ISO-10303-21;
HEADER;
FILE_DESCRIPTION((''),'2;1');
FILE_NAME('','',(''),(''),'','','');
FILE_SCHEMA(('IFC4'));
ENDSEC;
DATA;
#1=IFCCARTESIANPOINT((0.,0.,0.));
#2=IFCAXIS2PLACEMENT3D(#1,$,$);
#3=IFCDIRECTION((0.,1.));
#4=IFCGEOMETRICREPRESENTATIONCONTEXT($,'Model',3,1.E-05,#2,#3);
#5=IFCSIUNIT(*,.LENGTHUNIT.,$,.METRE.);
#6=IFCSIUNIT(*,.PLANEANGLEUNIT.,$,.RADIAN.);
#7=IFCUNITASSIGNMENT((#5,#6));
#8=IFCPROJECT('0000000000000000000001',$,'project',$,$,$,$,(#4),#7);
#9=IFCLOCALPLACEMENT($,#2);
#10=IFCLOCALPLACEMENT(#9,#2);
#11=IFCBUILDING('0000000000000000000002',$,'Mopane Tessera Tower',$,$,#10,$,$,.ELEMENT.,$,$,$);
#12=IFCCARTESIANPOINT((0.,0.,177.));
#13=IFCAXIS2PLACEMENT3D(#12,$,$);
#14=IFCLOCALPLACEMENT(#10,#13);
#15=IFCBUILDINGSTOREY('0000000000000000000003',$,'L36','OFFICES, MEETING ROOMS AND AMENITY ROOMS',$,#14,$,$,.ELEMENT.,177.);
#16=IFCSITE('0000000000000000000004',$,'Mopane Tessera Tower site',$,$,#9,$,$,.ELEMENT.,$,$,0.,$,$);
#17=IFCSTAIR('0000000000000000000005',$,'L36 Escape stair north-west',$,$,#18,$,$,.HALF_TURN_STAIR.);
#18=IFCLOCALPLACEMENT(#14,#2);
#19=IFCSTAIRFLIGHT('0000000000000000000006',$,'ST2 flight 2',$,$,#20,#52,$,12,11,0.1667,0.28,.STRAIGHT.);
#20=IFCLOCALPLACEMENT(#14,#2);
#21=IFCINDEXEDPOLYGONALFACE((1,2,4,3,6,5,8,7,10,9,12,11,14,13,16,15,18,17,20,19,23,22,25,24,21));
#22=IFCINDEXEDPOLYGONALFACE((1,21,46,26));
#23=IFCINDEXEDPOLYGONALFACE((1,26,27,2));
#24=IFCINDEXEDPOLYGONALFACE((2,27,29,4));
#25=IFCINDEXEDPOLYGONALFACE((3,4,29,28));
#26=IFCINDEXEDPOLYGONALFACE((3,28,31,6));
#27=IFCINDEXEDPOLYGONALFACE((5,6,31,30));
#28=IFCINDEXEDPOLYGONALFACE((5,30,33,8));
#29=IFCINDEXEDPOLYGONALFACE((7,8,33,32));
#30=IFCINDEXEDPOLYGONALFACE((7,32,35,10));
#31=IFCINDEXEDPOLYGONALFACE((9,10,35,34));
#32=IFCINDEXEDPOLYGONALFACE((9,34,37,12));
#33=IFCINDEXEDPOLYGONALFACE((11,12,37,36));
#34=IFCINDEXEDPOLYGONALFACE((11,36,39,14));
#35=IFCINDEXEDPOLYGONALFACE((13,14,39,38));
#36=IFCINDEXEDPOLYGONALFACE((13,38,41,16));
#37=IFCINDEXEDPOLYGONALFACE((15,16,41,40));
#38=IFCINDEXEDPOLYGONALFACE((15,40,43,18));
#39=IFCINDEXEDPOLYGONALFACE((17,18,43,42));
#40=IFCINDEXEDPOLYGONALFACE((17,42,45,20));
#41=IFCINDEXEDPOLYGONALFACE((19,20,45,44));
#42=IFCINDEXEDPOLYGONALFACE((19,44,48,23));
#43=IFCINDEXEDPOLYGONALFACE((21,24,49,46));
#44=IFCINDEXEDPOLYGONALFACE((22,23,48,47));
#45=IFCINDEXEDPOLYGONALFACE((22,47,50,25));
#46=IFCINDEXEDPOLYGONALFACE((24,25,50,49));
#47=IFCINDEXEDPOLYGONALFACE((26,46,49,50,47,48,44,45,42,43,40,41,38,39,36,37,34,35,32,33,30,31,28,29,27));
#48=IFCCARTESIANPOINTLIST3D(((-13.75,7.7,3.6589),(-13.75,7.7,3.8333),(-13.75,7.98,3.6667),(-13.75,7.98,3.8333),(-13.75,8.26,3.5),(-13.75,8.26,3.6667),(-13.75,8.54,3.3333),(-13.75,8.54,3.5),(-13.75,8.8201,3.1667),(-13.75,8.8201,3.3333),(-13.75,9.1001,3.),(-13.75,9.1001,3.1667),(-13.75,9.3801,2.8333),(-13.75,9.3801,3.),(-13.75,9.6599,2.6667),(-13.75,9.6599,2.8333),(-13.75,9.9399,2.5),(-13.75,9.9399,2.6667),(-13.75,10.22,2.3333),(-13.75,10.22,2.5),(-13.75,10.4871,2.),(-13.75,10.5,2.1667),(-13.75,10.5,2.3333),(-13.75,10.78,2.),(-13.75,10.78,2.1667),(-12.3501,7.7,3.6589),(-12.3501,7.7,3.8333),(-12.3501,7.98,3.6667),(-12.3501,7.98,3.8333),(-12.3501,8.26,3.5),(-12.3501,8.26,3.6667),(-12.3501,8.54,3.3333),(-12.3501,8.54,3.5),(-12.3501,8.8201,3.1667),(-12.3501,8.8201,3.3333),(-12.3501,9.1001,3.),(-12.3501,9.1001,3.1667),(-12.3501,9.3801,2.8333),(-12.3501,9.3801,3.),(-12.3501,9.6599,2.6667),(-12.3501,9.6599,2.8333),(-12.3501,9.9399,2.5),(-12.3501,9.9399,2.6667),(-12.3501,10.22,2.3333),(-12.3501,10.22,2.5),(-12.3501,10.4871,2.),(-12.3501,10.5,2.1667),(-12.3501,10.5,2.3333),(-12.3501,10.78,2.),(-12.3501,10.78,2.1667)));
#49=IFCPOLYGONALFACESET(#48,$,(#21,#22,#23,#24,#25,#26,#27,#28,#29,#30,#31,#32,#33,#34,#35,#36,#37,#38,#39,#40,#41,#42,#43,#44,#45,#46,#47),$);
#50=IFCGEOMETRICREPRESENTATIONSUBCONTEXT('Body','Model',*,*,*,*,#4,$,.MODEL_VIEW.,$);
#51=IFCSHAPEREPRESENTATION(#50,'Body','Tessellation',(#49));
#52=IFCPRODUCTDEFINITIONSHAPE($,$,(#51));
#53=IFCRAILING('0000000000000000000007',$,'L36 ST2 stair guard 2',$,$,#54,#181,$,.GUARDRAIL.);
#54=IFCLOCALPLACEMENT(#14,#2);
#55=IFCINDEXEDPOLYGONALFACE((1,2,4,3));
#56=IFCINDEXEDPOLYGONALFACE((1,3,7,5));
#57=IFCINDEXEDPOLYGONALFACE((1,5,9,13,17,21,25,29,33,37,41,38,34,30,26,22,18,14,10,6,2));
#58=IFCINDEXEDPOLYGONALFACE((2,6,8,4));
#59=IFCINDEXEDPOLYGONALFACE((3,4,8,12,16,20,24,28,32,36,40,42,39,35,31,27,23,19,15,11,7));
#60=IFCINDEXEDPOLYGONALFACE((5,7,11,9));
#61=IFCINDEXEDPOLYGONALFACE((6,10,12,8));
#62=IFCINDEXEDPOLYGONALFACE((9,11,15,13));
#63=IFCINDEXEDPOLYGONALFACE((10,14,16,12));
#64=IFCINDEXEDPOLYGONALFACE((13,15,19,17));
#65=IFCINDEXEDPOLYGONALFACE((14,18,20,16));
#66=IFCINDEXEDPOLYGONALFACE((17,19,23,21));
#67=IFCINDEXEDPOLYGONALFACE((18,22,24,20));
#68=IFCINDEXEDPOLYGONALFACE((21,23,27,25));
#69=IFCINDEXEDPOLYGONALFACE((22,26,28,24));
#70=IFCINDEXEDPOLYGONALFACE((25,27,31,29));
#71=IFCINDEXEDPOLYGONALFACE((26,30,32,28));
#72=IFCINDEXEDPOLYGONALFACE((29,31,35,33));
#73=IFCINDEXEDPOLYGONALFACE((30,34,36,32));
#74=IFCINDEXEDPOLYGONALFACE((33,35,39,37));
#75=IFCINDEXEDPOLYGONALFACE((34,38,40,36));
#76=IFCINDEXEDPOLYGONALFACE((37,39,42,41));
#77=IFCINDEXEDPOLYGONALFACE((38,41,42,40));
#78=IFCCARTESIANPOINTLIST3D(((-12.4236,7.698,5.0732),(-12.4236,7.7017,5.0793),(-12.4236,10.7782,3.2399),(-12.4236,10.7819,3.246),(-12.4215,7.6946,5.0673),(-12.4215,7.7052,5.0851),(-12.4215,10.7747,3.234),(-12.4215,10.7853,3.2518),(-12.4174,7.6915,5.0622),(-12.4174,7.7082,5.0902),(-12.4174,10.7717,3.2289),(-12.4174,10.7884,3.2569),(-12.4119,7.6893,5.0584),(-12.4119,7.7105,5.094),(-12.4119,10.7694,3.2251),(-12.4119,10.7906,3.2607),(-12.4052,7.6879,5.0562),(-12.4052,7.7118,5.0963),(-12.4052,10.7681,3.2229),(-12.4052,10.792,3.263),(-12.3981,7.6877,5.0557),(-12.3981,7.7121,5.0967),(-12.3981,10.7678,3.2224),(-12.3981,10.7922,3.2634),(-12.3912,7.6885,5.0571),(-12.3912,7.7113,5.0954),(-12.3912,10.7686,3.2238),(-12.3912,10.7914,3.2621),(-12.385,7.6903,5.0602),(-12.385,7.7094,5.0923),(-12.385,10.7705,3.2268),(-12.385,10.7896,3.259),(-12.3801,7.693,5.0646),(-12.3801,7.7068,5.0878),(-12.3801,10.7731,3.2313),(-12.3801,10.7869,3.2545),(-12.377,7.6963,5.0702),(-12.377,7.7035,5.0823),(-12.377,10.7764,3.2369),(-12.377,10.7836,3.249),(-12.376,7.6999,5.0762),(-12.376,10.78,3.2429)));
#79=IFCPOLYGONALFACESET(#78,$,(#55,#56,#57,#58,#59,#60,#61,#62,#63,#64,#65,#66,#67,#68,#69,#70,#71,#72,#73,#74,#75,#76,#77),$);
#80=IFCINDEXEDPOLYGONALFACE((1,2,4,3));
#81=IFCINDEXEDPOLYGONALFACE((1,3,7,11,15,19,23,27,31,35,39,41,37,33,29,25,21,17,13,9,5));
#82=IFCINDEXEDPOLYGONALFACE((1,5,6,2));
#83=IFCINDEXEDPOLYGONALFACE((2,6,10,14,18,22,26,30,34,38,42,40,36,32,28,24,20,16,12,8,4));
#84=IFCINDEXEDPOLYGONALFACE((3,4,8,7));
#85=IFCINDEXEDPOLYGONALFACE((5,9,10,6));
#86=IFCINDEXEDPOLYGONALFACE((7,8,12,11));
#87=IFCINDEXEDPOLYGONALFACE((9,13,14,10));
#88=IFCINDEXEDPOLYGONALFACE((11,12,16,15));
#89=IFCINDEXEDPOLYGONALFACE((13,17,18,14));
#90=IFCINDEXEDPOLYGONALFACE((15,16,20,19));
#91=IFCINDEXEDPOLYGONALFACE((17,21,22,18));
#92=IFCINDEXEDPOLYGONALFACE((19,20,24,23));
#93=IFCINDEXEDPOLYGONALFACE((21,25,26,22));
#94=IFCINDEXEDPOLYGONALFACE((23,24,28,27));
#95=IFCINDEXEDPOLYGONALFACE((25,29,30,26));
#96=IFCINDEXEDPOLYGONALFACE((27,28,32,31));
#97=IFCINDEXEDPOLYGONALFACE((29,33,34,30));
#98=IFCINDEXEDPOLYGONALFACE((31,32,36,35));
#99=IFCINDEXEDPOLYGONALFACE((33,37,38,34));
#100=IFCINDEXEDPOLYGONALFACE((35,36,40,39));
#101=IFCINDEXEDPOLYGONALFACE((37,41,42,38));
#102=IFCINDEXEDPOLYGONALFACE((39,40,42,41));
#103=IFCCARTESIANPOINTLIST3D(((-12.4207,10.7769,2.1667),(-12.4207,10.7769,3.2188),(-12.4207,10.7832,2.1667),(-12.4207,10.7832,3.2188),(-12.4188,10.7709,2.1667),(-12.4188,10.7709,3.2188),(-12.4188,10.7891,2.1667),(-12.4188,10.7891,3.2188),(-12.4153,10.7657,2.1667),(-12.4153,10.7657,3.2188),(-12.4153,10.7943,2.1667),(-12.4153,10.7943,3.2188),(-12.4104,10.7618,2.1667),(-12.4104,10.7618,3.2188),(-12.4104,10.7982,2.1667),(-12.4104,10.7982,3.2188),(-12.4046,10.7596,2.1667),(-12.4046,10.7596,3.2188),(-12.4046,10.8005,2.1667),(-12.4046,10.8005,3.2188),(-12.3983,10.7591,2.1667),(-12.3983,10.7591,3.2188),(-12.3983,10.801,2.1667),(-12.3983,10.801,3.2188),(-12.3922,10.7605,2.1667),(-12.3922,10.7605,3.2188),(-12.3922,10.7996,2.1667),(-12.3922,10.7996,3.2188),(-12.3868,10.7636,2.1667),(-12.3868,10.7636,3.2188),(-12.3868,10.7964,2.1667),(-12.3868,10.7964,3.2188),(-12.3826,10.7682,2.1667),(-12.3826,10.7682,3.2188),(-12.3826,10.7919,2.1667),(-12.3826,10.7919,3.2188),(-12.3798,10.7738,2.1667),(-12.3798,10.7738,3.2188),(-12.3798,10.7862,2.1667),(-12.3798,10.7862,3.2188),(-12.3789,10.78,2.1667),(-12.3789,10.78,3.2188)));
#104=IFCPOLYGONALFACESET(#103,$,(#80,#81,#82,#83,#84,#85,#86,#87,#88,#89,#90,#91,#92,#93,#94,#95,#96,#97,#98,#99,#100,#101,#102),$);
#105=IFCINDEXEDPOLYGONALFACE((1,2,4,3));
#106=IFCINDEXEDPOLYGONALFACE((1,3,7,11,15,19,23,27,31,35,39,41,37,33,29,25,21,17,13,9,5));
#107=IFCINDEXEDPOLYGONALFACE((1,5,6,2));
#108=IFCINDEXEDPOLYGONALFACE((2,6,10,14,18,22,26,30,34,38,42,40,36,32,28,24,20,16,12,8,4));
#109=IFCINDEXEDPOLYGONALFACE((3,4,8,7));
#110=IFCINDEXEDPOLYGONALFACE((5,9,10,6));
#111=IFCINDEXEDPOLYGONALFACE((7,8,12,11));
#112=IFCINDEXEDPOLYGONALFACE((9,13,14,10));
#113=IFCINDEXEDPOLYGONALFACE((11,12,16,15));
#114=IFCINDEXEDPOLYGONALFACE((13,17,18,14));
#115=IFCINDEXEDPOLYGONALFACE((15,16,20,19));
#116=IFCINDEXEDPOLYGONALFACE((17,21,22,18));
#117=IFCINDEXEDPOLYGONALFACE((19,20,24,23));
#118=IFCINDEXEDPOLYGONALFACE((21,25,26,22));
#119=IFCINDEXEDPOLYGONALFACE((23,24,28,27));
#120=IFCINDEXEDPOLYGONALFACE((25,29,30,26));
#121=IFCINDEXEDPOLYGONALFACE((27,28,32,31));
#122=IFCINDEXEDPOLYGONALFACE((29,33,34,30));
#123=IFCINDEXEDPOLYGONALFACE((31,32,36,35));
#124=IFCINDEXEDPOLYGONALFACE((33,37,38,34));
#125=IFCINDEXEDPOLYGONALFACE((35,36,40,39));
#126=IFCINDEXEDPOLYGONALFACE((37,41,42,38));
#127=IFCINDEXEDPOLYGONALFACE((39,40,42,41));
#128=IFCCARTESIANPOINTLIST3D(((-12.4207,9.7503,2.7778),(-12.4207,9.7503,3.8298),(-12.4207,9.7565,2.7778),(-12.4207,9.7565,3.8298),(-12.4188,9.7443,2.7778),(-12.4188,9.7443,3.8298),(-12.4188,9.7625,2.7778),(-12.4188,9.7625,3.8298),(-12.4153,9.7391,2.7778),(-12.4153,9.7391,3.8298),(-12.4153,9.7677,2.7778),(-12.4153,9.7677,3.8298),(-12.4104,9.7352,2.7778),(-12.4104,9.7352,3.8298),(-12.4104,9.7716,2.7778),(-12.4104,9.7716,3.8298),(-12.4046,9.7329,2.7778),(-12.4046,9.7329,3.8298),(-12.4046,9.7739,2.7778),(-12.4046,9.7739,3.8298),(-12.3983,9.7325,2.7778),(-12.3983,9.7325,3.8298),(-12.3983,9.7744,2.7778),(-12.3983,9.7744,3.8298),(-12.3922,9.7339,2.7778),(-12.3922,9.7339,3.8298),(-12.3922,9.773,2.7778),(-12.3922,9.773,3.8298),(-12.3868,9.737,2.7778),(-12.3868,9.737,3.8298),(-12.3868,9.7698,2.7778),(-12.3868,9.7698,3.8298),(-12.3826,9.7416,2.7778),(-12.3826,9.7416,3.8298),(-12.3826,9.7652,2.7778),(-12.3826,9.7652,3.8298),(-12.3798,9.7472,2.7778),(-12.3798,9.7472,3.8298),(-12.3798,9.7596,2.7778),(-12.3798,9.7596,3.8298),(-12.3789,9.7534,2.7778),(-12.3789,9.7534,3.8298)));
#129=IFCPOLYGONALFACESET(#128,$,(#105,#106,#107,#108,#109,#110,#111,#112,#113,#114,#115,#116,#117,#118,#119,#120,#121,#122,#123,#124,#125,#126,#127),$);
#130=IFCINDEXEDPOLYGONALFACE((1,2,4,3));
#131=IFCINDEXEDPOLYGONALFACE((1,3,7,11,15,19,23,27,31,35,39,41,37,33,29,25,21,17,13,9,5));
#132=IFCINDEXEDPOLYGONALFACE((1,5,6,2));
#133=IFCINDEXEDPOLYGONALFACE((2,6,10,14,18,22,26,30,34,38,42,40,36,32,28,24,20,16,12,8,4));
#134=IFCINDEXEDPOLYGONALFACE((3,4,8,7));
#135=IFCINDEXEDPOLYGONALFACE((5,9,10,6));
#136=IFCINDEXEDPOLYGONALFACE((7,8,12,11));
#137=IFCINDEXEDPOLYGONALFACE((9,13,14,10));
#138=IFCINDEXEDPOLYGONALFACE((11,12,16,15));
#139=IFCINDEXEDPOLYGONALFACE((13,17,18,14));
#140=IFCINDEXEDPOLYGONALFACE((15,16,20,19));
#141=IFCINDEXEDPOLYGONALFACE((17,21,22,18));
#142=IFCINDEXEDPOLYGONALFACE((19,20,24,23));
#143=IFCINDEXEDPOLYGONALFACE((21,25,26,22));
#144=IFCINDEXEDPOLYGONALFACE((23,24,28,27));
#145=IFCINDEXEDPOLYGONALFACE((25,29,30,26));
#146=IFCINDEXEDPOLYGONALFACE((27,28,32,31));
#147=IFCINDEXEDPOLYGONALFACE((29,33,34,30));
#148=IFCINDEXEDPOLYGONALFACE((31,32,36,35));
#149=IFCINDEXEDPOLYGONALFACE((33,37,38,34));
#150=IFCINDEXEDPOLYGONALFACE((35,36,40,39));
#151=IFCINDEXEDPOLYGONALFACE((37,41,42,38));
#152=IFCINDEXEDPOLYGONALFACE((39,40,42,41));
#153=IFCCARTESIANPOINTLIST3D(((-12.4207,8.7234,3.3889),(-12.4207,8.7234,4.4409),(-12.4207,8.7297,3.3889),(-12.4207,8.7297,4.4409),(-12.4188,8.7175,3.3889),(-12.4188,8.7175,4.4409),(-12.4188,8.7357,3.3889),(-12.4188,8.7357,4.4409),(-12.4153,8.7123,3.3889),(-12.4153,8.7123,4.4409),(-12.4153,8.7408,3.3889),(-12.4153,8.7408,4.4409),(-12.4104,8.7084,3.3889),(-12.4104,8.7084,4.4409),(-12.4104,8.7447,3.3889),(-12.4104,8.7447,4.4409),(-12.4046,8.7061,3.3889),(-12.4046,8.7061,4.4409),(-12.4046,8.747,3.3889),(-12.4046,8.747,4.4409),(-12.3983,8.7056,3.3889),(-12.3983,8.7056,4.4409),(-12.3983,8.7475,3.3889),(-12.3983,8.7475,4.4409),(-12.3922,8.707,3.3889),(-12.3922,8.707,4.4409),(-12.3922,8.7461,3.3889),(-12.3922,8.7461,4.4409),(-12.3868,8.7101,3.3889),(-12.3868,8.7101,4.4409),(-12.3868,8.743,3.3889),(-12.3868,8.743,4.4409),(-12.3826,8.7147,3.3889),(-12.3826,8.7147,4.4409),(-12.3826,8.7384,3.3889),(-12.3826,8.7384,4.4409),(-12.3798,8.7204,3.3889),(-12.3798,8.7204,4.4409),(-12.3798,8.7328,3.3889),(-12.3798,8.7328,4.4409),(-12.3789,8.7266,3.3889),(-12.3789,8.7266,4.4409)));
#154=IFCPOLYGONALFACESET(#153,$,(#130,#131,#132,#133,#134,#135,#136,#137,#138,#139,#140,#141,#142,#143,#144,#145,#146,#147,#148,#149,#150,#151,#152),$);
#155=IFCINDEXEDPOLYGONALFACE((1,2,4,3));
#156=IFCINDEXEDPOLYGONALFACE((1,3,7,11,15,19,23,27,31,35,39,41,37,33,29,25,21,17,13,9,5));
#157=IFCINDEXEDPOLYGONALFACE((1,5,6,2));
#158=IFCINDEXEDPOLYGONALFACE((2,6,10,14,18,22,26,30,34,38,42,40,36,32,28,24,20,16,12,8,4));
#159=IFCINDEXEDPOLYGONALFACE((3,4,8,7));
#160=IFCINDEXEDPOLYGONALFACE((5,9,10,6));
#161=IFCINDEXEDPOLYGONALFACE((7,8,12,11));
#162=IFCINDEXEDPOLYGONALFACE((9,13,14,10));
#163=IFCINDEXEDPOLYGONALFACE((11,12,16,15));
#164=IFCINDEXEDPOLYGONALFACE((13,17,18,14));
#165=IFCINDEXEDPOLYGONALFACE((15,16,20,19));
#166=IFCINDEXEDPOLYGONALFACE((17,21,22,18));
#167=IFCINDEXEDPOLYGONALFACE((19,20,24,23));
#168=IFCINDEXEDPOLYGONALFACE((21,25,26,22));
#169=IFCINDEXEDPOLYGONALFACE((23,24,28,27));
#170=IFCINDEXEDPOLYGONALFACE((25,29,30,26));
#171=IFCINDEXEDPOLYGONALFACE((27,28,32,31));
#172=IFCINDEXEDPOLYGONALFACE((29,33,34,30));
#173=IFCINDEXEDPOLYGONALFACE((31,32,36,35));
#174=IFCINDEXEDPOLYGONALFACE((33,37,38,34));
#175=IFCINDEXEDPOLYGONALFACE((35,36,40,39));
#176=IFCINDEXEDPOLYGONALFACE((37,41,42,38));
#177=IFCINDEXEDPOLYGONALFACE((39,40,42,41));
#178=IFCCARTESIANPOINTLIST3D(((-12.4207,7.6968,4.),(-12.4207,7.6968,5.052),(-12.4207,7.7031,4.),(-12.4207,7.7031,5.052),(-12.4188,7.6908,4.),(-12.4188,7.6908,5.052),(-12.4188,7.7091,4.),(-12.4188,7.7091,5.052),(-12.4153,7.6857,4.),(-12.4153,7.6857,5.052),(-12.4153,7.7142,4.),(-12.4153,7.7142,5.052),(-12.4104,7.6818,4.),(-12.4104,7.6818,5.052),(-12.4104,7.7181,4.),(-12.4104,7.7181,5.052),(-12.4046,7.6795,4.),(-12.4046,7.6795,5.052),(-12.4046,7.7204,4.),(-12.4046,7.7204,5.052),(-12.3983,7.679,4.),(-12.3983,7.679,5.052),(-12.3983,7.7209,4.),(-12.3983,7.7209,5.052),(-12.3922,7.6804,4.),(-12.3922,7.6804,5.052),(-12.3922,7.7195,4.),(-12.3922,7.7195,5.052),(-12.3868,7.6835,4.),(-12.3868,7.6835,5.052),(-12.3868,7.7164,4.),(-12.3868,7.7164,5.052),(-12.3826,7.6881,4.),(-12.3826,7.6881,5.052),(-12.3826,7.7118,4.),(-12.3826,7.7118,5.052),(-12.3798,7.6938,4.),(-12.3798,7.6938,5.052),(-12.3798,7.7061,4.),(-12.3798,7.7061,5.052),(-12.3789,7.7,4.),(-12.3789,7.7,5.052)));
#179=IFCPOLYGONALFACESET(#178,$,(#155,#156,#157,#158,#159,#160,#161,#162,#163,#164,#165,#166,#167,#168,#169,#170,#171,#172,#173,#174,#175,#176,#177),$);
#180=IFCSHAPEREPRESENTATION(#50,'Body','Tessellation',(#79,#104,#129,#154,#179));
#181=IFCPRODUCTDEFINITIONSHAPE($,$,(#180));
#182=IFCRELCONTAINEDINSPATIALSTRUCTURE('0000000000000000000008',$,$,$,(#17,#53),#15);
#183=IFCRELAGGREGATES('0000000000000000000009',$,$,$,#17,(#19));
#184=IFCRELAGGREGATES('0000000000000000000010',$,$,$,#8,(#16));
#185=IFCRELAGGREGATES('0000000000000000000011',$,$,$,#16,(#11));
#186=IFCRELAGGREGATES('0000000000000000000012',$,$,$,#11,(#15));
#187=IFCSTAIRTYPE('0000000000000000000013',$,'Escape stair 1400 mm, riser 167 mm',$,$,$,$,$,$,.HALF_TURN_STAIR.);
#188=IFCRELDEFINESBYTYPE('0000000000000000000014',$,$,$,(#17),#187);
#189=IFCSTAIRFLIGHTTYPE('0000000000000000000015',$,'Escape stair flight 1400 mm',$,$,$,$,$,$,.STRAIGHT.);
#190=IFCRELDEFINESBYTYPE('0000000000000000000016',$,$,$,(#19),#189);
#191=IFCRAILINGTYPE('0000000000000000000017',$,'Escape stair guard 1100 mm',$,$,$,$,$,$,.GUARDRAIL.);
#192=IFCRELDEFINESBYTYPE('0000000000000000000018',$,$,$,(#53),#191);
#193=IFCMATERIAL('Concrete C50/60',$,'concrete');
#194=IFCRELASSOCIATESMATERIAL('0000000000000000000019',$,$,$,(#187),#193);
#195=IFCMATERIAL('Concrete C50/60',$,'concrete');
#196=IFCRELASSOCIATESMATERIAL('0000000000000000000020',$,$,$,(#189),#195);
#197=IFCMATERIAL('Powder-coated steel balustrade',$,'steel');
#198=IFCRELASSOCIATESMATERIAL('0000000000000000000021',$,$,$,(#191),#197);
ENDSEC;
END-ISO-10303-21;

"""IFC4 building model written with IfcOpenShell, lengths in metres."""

from ifc_helpers import new_model, si_unit, direction, frame, origin, origin_2d, place, context, subcontext, project, spatial, polyline, circle, outline, extrude, material, type_object, element, aggregate, save


model = new_model("IFC4")

# Units and contexts
model_context = context("Model", 3, precision=1e-05, world=origin(), true_north=direction((0.0, 1.0)))
body_context = subcontext(model_context, "Body", "Model", "MODEL_VIEW")
ifc_project = project(units=[si_unit("LENGTHUNIT", "METRE"), si_unit("PLANEANGLEUNIT", "RADIAN")], contexts=[model_context])

# Site, building, storey
site_placement = place(None, origin())
site = spatial("IfcSite", under=ifc_project, at=site_placement, Name="Mopane Tessera Tower site", CompositionType="ELEMENT", RefElevation=0.0)
building_placement = place(site_placement, origin())
building = spatial("IfcBuilding", under=site, at=building_placement, Name="Mopane Tessera Tower", CompositionType="ELEMENT")
storey_placement = place(building_placement, frame((0.0, 0.0, 177.0)))
storey = spatial("IfcBuildingStorey", under=building, at=storey_placement, Name="L36", Description="OFFICES, MEETING ROOMS AND AMENITY ROOMS", CompositionType="ELEMENT", Elevation=177.0)

# Stair, stair flight
ifc_material_1 = material(Name="Concrete C50/60", Category="concrete")
stair_type = type_object("IfcStairType", Name="Escape stair 1400 mm, riser 167 mm", PredefinedType="HALF_TURN_STAIR", material=ifc_material_1)
stair_placement = place(storey_placement, origin())
stair = element("IfcStair", 1, at=stair_placement, inside=storey, type_object=stair_type, Name="L36 Escape stair north-west", PredefinedType="HALF_TURN_STAIR")
ifc_material_2 = material(Name="Concrete C50/60", Category="concrete")
stair_flight_type = type_object("IfcStairFlightType", Name="Escape stair flight 1400 mm", PredefinedType="STRAIGHT", material=ifc_material_2)
stair_flight_placement = place(storey_placement, frame((-13.05, 10.78, 2.0), z_axis=(0.0, 0.0, 1.0), x_axis=(0.0, -1.0, 0.0)))
stair_flight = element("IfcStairFlight", 2, at=stair_flight_placement, type_object=stair_flight_type, Name="ST2 flight 2", NumberOfRisers=12, NumberOfTreads=11, PredefinedType="STRAIGHT", RiserHeight=0.1667, TreadLength=0.28, context=body_context, shape_type="SweptSolid", body=[
    extrude(outline(polyline([(0.0, 0.0), (0.0, 0.1667), (0.28, 0.1667), (0.28, 0.3333), (0.5601, 0.3333), (0.5601, 0.5), (0.8401, 0.5), (0.8401, 0.6667), (1.1201, 0.6667), (1.1201, 0.8333), (1.3999, 0.8333), (1.3999, 1.0), (1.6799, 1.0), (1.6799, 1.1667), (1.96, 1.1667), (1.96, 1.3333), (2.24, 1.3333), (2.24, 1.5), (2.52, 1.5), (2.52, 1.6667), (2.8, 1.6667), (2.8, 1.8333), (3.0801, 1.8333), (3.0801, 2.0), (3.0801, 1.6589), (0.293, 0.0), (0.0, 0.0)])), frame((0.0, 0.7, 0.0), z_axis=(0.0, -1.0, 0.0), x_axis=(1.0, 0.0, 0.0)), (0.0, 0.0, 1.0), 1.3999),
])
aggregate(stair, [stair_flight])

# Railing
ifc_material_3 = material(Name="Powder-coated steel balustrade", Category="steel")
railing_type_1 = type_object("IfcRailingType", Name="Escape stair guard 1100 mm", PredefinedType="GUARDRAIL", material=ifc_material_3)
railing_1_placement = place(storey_placement, frame((-12.3999, 10.78, 2.1667)))
element("IfcRailing", 3, at=railing_1_placement, inside=storey, type_object=railing_type_1, Name="L36 ST2 stair guard 2", PredefinedType="GUARDRAIL", context=body_context, shape_type="SweptSolid", body=[
    extrude(circle(Radius=0.0239, at=origin_2d()), frame((0.0, 0.0, 1.0762), z_axis=(0.0, -0.859309, 0.511458), x_axis=(1.0, 0.0, 0.0)), (0.0, 0.0, 1.0), 3.5845),
    extrude(circle(Radius=0.021, at=origin_2d()), origin(), (0.0, 0.0, 1.0), 1.052),
    extrude(circle(Radius=0.021, at=origin_2d()), frame((0.0, -1.0266, 0.6111)), (0.0, 0.0, 1.0), 1.052),
    extrude(circle(Radius=0.021, at=origin_2d()), frame((0.0, -2.0535, 1.2222)), (0.0, 0.0, 1.0), 1.052),
    extrude(circle(Radius=0.021, at=origin_2d()), frame((0.0, -3.0801, 1.8333)), (0.0, 0.0, 1.0), 1.052),
])

save(model, "model.ifc")
